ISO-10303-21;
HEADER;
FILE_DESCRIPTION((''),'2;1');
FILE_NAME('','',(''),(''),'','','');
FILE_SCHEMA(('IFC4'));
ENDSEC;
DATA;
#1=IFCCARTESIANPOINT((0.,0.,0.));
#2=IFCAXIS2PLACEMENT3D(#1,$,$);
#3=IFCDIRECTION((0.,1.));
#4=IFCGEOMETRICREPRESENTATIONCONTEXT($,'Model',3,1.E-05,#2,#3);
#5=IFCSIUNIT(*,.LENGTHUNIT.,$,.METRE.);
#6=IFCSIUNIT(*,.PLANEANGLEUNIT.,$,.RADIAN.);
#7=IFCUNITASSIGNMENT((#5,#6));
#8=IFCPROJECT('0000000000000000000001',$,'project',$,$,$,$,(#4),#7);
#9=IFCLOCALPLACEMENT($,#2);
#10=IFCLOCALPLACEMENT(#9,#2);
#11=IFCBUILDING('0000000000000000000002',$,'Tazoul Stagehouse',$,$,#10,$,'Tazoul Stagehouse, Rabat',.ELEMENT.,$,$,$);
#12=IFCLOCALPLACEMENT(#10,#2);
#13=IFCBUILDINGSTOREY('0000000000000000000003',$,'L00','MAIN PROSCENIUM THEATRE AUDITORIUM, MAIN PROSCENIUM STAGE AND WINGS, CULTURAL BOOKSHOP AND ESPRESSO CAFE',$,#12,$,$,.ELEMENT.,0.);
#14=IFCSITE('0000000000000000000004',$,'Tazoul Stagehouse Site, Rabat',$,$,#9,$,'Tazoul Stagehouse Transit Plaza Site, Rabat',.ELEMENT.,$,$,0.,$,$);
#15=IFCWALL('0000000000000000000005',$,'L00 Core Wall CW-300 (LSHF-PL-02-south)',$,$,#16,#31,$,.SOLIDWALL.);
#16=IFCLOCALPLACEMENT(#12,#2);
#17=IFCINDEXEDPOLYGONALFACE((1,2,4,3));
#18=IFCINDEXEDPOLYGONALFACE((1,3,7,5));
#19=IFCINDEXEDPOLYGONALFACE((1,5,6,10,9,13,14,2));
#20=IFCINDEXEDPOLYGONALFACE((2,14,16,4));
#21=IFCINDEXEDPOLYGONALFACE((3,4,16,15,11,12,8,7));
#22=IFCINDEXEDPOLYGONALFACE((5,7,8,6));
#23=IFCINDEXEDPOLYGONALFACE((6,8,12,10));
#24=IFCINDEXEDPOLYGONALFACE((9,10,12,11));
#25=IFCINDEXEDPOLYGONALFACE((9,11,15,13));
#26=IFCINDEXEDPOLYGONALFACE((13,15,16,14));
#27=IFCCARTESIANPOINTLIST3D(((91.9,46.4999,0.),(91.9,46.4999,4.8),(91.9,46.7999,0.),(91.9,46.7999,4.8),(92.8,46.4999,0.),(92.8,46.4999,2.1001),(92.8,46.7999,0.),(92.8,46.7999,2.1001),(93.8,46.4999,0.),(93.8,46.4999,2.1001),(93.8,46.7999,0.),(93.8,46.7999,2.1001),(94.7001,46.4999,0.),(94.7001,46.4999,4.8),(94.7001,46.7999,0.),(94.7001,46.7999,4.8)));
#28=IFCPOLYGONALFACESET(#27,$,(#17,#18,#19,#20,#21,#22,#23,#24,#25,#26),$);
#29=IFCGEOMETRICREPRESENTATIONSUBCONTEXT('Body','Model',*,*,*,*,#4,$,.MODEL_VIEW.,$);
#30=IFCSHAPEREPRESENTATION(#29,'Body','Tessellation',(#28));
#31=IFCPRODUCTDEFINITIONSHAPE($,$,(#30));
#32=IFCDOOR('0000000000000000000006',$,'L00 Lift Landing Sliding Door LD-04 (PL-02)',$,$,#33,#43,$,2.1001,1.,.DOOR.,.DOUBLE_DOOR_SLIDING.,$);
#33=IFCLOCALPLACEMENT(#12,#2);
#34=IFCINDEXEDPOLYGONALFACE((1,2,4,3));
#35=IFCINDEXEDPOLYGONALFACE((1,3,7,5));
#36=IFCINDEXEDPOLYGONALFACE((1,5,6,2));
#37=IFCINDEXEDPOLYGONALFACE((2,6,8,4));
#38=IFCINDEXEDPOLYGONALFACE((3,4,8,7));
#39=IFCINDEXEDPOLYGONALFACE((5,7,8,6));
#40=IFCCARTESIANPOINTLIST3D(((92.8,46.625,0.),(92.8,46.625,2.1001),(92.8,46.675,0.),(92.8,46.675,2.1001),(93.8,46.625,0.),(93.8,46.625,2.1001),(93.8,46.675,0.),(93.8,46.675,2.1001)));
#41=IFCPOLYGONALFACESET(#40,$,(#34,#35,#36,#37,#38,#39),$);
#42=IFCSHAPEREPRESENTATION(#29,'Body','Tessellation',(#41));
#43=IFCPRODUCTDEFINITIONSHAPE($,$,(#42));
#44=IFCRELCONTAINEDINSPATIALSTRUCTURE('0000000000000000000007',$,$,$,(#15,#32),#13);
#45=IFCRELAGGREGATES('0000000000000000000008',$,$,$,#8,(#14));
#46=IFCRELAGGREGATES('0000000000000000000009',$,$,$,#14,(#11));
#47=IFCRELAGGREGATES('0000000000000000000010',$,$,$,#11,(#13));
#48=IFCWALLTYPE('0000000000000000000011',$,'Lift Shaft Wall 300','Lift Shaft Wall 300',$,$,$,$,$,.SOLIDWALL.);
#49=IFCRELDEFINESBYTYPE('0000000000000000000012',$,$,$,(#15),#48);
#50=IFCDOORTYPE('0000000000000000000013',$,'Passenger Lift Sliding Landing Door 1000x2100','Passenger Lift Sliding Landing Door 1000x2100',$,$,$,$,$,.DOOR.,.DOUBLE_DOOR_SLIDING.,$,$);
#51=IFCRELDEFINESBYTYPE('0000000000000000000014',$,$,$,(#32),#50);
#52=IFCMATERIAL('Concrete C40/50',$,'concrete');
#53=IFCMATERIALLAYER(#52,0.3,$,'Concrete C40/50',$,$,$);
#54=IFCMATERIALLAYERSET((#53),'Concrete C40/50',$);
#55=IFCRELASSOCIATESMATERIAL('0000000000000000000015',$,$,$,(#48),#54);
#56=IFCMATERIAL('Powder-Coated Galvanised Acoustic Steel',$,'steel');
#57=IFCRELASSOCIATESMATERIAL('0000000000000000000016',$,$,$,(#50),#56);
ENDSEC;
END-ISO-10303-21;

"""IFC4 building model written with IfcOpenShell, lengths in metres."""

from ifc_helpers import new_model, si_unit, direction, frame, frame_2d, origin, place, context, subcontext, project, spatial, rectangle, extrude, material, layer, layer_set, type_object, element, fill, save


model = new_model("IFC4")

# Units and contexts
model_context = context("Model", 3, precision=1e-05, world=origin(), true_north=direction((0.0, 1.0)))
body_context = subcontext(model_context, "Body", "Model", "MODEL_VIEW")
ifc_project = project(units=[si_unit("LENGTHUNIT", "METRE"), si_unit("PLANEANGLEUNIT", "RADIAN")], contexts=[model_context])

# Site, building, storey
site_placement = place(None, origin())
building_placement = place(site_placement, origin())
storey_placement = place(building_placement, origin())
site = spatial("IfcSite", under=ifc_project, at=site_placement, Name="Tazoul Stagehouse Site, Rabat", LongName="Tazoul Stagehouse Transit Plaza Site, Rabat", CompositionType="ELEMENT", RefElevation=0.0)
building = spatial("IfcBuilding", under=site, at=building_placement, Name="Tazoul Stagehouse", LongName="Tazoul Stagehouse, Rabat", CompositionType="ELEMENT")
storey = spatial("IfcBuildingStorey", under=building, at=storey_placement, Name="L00", Description="MAIN PROSCENIUM THEATRE AUDITORIUM, MAIN PROSCENIUM STAGE AND WINGS, CULTURAL BOOKSHOP AND ESPRESSO CAFE", CompositionType="ELEMENT", Elevation=0.0)

# Wall, opening, door
ifc_material_1 = material(Name="Concrete C40/50", Category="concrete")
ifc_layer_1 = layer(ifc_material_1, 0.3, Name="Concrete C40/50")
ifc_layer_set_1 = layer_set([ifc_layer_1], Name="Concrete C40/50")
wall_type = type_object("IfcWallType", Name="Lift Shaft Wall 300", Description="Lift Shaft Wall 300", PredefinedType="SOLIDWALL", material=ifc_layer_set_1)
wall_placement = place(storey_placement, frame((94.7, 46.6499, 0.0), z_axis=(0.0, 0.0, 1.0), x_axis=(-1.0, 0.0, 0.0)))
wall = element("IfcWall", 1, at=wall_placement, inside=storey, type_object=wall_type, Name="L00 Core Wall CW-300 (LSHF-PL-02-south)", PredefinedType="SOLIDWALL", context=body_context, shape_type="SweptSolid", body=[
    extrude(rectangle(XDim=2.8, YDim=0.3, at=frame_2d((1.3999, 0.0))), origin(), (0.0, 0.0, 1.0), 4.8),
])
opening_placement = place(wall_placement, frame((0.8999, 0.0, 0.0)))
opening = element("IfcOpeningElement", 2, at=opening_placement, cuts=wall, PredefinedType="OPENING", context=body_context, shape_type="SweptSolid", body=[
    extrude(rectangle(XDim=1.0, YDim=2.1001, at=frame_2d((0.5, 1.05))), frame((0.0, 0.1699, 0.0), z_axis=(0.0, -1.0, 0.0), x_axis=(1.0, 0.0, 0.0)), (0.0, 0.0, 1.0), 0.3401),
])
ifc_material_2 = material(Name="Powder-Coated Galvanised Acoustic Steel", Category="steel")
door_type = type_object("IfcDoorType", Name="Passenger Lift Sliding Landing Door 1000x2100", Description="Passenger Lift Sliding Landing Door 1000x2100", OperationType="DOUBLE_DOOR_SLIDING", PredefinedType="DOOR", material=ifc_material_2)
door_placement = place(opening_placement, origin())
door = element("IfcDoor", 3, at=door_placement, inside=storey, type_object=door_type, Name="L00 Lift Landing Sliding Door LD-04 (PL-02)", OperationType="DOUBLE_DOOR_SLIDING", OverallHeight=2.1001, OverallWidth=1.0, PredefinedType="DOOR", context=body_context, shape_type="SweptSolid", body=[
    extrude(rectangle(XDim=1.0, YDim=2.1001, at=frame_2d((0.5, 1.05))), frame((0.0, 0.0249, 0.0), z_axis=(0.0, -1.0, 0.0), x_axis=(1.0, 0.0, 0.0)), (0.0, 0.0, 1.0), 0.05),
])
fill(opening, door)

save(model, "model.ifc")
